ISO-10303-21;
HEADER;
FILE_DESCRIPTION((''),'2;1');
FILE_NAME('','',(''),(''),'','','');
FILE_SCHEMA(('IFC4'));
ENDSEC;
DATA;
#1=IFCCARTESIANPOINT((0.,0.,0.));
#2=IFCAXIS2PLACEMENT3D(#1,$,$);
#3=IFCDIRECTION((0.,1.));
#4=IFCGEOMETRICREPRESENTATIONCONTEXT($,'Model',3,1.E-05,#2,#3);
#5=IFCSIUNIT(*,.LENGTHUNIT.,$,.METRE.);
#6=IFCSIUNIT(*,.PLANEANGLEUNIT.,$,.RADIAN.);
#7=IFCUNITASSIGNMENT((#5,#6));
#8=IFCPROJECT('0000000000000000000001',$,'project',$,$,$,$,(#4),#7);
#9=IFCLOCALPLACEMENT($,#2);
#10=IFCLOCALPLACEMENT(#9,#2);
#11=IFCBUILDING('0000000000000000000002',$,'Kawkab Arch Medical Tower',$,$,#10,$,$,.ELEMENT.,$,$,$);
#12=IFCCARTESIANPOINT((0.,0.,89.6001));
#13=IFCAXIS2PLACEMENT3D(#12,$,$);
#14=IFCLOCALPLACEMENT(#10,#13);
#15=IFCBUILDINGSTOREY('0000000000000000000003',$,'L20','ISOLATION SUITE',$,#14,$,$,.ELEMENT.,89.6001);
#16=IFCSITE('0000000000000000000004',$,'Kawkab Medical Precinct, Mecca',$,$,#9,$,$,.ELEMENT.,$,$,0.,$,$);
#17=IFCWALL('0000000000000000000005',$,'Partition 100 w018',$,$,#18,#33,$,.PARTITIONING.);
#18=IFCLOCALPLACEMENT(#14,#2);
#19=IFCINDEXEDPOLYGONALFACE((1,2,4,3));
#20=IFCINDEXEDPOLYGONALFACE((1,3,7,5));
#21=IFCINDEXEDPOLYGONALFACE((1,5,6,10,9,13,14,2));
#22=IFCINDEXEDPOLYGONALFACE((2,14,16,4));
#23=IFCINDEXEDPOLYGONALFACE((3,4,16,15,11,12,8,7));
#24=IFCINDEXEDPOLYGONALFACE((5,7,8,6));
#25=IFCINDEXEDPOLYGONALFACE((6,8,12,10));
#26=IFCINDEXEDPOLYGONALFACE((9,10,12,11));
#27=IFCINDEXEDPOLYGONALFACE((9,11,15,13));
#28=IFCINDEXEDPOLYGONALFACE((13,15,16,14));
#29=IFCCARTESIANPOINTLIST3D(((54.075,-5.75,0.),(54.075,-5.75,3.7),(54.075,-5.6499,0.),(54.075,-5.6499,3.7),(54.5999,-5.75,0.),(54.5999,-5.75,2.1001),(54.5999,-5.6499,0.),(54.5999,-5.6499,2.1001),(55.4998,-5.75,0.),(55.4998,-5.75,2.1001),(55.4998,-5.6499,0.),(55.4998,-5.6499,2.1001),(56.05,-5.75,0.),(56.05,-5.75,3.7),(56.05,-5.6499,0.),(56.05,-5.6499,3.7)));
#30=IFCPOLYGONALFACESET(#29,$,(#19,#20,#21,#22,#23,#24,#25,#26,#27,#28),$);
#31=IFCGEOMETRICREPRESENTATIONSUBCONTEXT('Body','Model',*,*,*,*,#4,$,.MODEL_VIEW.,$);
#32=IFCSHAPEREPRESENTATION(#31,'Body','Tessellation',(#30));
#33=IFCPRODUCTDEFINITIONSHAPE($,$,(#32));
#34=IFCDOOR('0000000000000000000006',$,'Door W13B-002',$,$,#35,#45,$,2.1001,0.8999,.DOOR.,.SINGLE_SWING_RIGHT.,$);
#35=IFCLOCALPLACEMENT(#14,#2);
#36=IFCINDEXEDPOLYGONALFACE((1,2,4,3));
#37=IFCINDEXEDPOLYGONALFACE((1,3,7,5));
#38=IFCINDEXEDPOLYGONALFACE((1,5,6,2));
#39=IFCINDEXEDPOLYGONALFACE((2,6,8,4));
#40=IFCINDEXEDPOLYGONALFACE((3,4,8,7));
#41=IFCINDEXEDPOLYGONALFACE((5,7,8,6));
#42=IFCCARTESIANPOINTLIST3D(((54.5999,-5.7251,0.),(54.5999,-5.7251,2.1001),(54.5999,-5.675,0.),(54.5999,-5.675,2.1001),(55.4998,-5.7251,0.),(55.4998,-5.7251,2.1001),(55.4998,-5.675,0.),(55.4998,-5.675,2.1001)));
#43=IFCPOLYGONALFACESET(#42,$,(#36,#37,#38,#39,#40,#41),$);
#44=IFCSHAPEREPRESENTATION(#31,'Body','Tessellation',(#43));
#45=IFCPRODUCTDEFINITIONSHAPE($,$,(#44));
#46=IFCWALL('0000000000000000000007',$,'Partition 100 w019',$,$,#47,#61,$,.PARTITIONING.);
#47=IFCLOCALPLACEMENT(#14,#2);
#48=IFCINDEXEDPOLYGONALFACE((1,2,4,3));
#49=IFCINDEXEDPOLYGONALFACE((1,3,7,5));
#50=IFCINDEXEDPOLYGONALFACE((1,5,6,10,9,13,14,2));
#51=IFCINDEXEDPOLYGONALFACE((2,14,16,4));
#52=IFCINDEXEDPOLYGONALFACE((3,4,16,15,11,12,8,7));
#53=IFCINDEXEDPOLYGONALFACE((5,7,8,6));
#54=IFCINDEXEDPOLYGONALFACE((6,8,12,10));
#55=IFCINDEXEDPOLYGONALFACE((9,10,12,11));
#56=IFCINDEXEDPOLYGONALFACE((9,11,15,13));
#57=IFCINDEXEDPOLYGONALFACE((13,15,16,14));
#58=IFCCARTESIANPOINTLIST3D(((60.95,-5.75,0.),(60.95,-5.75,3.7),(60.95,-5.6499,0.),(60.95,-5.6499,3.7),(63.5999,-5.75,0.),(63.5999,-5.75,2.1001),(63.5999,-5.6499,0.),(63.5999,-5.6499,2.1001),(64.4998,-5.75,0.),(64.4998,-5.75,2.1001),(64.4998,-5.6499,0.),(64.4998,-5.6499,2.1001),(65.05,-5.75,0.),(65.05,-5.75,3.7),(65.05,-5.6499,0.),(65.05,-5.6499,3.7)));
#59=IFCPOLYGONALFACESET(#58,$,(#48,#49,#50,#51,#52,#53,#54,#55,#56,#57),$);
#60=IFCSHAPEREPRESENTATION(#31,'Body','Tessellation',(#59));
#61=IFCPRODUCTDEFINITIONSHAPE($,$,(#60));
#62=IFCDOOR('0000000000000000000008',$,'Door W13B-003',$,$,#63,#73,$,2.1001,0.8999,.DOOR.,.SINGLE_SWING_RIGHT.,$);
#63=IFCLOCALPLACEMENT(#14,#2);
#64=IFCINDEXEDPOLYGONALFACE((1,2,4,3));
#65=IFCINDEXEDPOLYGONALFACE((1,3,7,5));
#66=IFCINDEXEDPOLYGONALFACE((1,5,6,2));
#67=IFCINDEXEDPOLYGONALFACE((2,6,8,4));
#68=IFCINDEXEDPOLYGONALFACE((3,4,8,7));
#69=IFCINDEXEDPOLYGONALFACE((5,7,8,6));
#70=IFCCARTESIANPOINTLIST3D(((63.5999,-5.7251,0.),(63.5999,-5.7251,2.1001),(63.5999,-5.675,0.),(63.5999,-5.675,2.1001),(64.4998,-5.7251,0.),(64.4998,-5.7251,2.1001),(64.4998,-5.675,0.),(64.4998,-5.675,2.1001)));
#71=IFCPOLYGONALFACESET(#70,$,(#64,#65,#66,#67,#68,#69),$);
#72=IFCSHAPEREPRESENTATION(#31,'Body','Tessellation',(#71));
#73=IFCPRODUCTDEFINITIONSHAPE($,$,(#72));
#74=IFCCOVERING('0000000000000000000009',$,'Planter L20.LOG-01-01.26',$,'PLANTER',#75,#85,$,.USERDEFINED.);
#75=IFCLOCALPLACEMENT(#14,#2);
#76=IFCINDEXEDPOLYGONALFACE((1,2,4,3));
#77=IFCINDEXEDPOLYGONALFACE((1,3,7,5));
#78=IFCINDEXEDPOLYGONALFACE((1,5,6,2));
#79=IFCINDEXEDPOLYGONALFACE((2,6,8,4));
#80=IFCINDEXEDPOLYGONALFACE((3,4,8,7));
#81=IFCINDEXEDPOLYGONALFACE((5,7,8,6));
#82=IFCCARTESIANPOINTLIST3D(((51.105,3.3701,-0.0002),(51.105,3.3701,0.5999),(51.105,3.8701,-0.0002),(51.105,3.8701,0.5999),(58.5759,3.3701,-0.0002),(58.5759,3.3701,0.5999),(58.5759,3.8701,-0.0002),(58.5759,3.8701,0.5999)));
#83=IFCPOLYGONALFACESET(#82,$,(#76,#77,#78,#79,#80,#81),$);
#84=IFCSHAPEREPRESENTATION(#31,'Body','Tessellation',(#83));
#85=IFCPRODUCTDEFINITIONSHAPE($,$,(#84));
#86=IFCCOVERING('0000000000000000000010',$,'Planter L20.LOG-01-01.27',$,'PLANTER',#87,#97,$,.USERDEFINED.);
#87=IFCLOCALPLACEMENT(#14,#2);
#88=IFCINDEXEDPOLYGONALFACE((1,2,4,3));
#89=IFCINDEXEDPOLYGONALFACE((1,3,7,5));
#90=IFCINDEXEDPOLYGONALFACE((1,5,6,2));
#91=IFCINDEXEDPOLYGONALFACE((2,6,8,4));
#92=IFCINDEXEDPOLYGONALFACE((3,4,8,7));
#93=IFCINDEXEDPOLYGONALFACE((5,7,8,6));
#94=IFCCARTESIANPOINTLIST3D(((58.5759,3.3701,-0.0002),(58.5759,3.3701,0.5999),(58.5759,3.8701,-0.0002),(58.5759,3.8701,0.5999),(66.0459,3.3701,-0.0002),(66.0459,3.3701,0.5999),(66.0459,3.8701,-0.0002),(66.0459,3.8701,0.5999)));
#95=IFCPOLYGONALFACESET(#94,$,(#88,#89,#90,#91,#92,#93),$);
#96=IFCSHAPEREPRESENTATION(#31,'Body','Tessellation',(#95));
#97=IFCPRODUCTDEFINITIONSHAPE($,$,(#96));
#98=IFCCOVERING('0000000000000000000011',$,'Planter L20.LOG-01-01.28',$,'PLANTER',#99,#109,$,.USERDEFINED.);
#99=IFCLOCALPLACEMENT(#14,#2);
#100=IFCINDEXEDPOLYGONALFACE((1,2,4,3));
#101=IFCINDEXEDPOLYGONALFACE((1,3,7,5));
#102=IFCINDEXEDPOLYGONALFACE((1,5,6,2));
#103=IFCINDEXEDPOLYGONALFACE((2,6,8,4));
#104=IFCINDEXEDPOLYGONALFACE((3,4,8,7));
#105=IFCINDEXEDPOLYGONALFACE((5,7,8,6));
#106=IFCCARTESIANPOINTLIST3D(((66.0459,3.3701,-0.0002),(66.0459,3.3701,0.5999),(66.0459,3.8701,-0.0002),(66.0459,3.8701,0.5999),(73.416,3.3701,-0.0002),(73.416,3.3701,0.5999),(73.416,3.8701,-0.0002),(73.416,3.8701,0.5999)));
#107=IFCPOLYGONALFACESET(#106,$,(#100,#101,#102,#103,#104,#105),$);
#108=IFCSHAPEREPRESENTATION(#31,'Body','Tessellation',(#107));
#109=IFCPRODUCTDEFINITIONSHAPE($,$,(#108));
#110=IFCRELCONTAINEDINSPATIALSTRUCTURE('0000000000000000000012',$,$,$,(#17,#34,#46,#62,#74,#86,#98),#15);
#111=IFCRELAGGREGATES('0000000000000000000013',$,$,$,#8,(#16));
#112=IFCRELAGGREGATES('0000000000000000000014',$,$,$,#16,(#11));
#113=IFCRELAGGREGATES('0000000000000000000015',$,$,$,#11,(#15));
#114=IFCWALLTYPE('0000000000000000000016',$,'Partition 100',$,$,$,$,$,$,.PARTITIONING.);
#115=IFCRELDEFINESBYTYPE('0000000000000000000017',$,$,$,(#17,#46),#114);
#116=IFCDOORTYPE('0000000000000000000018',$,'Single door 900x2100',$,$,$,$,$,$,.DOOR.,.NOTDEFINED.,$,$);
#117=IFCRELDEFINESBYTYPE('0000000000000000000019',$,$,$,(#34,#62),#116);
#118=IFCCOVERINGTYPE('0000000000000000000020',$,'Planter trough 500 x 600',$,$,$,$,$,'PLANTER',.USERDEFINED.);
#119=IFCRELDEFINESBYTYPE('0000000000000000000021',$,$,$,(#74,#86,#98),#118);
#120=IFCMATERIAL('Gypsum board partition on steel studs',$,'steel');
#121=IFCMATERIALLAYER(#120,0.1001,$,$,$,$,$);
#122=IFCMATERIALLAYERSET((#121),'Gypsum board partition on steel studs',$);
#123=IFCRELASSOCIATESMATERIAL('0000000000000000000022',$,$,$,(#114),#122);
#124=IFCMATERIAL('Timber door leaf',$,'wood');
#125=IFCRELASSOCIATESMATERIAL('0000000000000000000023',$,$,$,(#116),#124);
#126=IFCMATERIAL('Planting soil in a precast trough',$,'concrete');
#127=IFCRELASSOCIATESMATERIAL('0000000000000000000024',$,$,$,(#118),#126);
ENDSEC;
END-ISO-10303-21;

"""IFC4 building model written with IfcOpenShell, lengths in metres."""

from ifc_helpers import new_model, si_unit, direction, frame, frame_2d, origin, origin_2d, place, context, subcontext, project, spatial, rectangle, extrude, material, layer, layer_set, material_profile, profile_set, type_object, element, fill, save


model = new_model("IFC4")

# Units and contexts
model_context = context("Model", 3, precision=1e-05, world=origin(), true_north=direction((0.0, 1.0)))
body_context = subcontext(model_context, "Body", "Model", "MODEL_VIEW")
ifc_project = project(units=[si_unit("LENGTHUNIT", "METRE"), si_unit("PLANEANGLEUNIT", "RADIAN")], contexts=[model_context])

# Site, building, storey
site_placement = place(None, origin())
site = spatial("IfcSite", under=ifc_project, at=site_placement, Name="Kawkab Medical Precinct, Mecca", CompositionType="ELEMENT", RefElevation=0.0)
building_placement = place(site_placement, origin())
building = spatial("IfcBuilding", under=site, at=building_placement, Name="Kawkab Arch Medical Tower", CompositionType="ELEMENT")
storey_placement = place(building_placement, frame((0.0, 0.0, 89.6001)))
storey = spatial("IfcBuildingStorey", under=building, at=storey_placement, Name="L20", Description="ISOLATION SUITE", CompositionType="ELEMENT", Elevation=89.6001)

# Walls, openings, doors
ifc_material_1 = material(Name="Gypsum board partition on steel studs", Category="steel")
ifc_layer_1 = layer(ifc_material_1, 0.1001)
ifc_layer_set_1 = layer_set([ifc_layer_1], Name="Gypsum board partition on steel studs")
wall_type_1 = type_object("IfcWallType", Name="Partition 100", PredefinedType="PARTITIONING", material=ifc_layer_set_1)
wall_1_placement = place(storey_placement, frame((54.075, -5.7, 0.0), z_axis=(0.0, 0.0, 1.0), x_axis=(1.0, 0.0, 0.0)))
wall_1 = element("IfcWall", 1, at=wall_1_placement, inside=storey, type_object=wall_type_1, Name="Partition 100 w018", PredefinedType="PARTITIONING", context=body_context, shape_type="SweptSolid", body=[
    extrude(rectangle(XDim=1.9751, YDim=0.1001, at=frame_2d((0.9875, 0.0))), origin(), (0.0, 0.0, 1.0), 3.7),
])
opening_1_placement = place(wall_1_placement, frame((0.5249, 0.0, 0.0)))
opening_1 = element("IfcOpeningElement", 2, at=opening_1_placement, cuts=wall_1, PredefinedType="OPENING", context=body_context, shape_type="SweptSolid", body=[
    extrude(rectangle(XDim=0.8999, YDim=2.1001, at=frame_2d((0.45, 1.05))), frame((0.0, 0.0601, 0.0), z_axis=(0.0, -1.0, 0.0), x_axis=(1.0, 0.0, 0.0)), (0.0, 0.0, 1.0), 0.1201),
])
ifc_material_2 = material(Name="Timber door leaf", Category="wood")
door_type_1 = type_object("IfcDoorType", Name="Single door 900x2100", OperationType="NOTDEFINED", PredefinedType="DOOR", material=ifc_material_2)
door_1_placement = place(opening_1_placement, origin())
door_1 = element("IfcDoor", 3, at=door_1_placement, inside=storey, type_object=door_type_1, Name="Door W13B-002", OperationType="SINGLE_SWING_RIGHT", OverallHeight=2.1001, OverallWidth=0.8999, PredefinedType="DOOR", context=body_context, shape_type="SweptSolid", body=[
    extrude(rectangle(XDim=0.8999, YDim=2.1001, at=frame_2d((0.45, 1.05))), frame((0.0, 0.0249, 0.0), z_axis=(0.0, -1.0, 0.0), x_axis=(1.0, 0.0, 0.0)), (0.0, 0.0, 1.0), 0.05),
])
fill(opening_1, door_1)
wall_2_placement = place(storey_placement, frame((60.95, -5.7, 0.0), z_axis=(0.0, 0.0, 1.0), x_axis=(1.0, 0.0, 0.0)))
wall_2 = element("IfcWall", 4, at=wall_2_placement, inside=storey, type_object=wall_type_1, Name="Partition 100 w019", PredefinedType="PARTITIONING", context=body_context, shape_type="SweptSolid", body=[
    extrude(rectangle(XDim=4.1001, YDim=0.1001, at=frame_2d((2.05, 0.0))), origin(), (0.0, 0.0, 1.0), 3.7),
])
opening_2_placement = place(wall_2_placement, frame((2.6499, 0.0, 0.0)))
opening_2 = element("IfcOpeningElement", 5, at=opening_2_placement, cuts=wall_2, PredefinedType="OPENING", context=body_context, shape_type="SweptSolid", body=[
    extrude(rectangle(XDim=0.8999, YDim=2.1001, at=frame_2d((0.45, 1.05))), frame((0.0, 0.0601, 0.0), z_axis=(0.0, -1.0, 0.0), x_axis=(1.0, 0.0, 0.0)), (0.0, 0.0, 1.0), 0.1201),
])
door_2_placement = place(opening_2_placement, origin())
door_2 = element("IfcDoor", 6, at=door_2_placement, inside=storey, type_object=door_type_1, Name="Door W13B-003", OperationType="SINGLE_SWING_RIGHT", OverallHeight=2.1001, OverallWidth=0.8999, PredefinedType="DOOR", context=body_context, shape_type="SweptSolid", body=[
    extrude(rectangle(XDim=0.8999, YDim=2.1001, at=frame_2d((0.45, 1.05))), frame((0.0, 0.0249, 0.0), z_axis=(0.0, -1.0, 0.0), x_axis=(1.0, 0.0, 0.0)), (0.0, 0.0, 1.0), 0.05),
])
fill(opening_2, door_2)

# Coverings
ifc_material_3 = material(Name="Planting soil in a precast trough", Category="concrete")
ifc_material_profile_1 = material_profile(ifc_material_3, rectangle(XDim=0.5, YDim=0.6001, at=origin_2d()), Name="Trough 500x600")
ifc_profile_set_1 = profile_set([ifc_material_profile_1], Name="Planting soil in a precast trough")
covering_type = type_object("IfcCoveringType", Name="Planter trough 500 x 600", ElementType="PLANTER", PredefinedType="USERDEFINED", material=ifc_profile_set_1)
covering_1_placement = place(storey_placement, frame((51.105, 3.6201, 0.2998), z_axis=(1.0, 0.0, 0.0), x_axis=(0.0, 1.0, 0.0)))
element("IfcCovering", 7, at=covering_1_placement, inside=storey, type_object=covering_type, Name="Planter L20.LOG-01-01.26", ObjectType="PLANTER", PredefinedType="USERDEFINED", context=body_context, shape_type="SweptSolid", body=[
    extrude(rectangle(XDim=0.5, YDim=0.6001, at=origin_2d()), origin(), (0.0, 0.0, 1.0), 7.4709),
])
covering_2_placement = place(storey_placement, frame((58.5759, 3.6201, 0.2998), z_axis=(1.0, 0.0, 0.0), x_axis=(0.0, 1.0, 0.0)))
element("IfcCovering", 8, at=covering_2_placement, inside=storey, type_object=covering_type, Name="Planter L20.LOG-01-01.27", ObjectType="PLANTER", PredefinedType="USERDEFINED", context=body_context, shape_type="SweptSolid", body=[
    extrude(rectangle(XDim=0.5, YDim=0.6001, at=origin_2d()), origin(), (0.0, 0.0, 1.0), 7.47),
])
covering_3_placement = place(storey_placement, frame((66.0459, 3.6201, 0.2998), z_axis=(1.0, 0.0, 0.0), x_axis=(0.0, 1.0, 0.0)))
element("IfcCovering", 9, at=covering_3_placement, inside=storey, type_object=covering_type, Name="Planter L20.LOG-01-01.28", ObjectType="PLANTER", PredefinedType="USERDEFINED", context=body_context, shape_type="SweptSolid", body=[
    extrude(rectangle(XDim=0.5, YDim=0.6001, at=origin_2d()), origin(), (0.0, 0.0, 1.0), 7.3701),
])

save(model, "model.ifc")
